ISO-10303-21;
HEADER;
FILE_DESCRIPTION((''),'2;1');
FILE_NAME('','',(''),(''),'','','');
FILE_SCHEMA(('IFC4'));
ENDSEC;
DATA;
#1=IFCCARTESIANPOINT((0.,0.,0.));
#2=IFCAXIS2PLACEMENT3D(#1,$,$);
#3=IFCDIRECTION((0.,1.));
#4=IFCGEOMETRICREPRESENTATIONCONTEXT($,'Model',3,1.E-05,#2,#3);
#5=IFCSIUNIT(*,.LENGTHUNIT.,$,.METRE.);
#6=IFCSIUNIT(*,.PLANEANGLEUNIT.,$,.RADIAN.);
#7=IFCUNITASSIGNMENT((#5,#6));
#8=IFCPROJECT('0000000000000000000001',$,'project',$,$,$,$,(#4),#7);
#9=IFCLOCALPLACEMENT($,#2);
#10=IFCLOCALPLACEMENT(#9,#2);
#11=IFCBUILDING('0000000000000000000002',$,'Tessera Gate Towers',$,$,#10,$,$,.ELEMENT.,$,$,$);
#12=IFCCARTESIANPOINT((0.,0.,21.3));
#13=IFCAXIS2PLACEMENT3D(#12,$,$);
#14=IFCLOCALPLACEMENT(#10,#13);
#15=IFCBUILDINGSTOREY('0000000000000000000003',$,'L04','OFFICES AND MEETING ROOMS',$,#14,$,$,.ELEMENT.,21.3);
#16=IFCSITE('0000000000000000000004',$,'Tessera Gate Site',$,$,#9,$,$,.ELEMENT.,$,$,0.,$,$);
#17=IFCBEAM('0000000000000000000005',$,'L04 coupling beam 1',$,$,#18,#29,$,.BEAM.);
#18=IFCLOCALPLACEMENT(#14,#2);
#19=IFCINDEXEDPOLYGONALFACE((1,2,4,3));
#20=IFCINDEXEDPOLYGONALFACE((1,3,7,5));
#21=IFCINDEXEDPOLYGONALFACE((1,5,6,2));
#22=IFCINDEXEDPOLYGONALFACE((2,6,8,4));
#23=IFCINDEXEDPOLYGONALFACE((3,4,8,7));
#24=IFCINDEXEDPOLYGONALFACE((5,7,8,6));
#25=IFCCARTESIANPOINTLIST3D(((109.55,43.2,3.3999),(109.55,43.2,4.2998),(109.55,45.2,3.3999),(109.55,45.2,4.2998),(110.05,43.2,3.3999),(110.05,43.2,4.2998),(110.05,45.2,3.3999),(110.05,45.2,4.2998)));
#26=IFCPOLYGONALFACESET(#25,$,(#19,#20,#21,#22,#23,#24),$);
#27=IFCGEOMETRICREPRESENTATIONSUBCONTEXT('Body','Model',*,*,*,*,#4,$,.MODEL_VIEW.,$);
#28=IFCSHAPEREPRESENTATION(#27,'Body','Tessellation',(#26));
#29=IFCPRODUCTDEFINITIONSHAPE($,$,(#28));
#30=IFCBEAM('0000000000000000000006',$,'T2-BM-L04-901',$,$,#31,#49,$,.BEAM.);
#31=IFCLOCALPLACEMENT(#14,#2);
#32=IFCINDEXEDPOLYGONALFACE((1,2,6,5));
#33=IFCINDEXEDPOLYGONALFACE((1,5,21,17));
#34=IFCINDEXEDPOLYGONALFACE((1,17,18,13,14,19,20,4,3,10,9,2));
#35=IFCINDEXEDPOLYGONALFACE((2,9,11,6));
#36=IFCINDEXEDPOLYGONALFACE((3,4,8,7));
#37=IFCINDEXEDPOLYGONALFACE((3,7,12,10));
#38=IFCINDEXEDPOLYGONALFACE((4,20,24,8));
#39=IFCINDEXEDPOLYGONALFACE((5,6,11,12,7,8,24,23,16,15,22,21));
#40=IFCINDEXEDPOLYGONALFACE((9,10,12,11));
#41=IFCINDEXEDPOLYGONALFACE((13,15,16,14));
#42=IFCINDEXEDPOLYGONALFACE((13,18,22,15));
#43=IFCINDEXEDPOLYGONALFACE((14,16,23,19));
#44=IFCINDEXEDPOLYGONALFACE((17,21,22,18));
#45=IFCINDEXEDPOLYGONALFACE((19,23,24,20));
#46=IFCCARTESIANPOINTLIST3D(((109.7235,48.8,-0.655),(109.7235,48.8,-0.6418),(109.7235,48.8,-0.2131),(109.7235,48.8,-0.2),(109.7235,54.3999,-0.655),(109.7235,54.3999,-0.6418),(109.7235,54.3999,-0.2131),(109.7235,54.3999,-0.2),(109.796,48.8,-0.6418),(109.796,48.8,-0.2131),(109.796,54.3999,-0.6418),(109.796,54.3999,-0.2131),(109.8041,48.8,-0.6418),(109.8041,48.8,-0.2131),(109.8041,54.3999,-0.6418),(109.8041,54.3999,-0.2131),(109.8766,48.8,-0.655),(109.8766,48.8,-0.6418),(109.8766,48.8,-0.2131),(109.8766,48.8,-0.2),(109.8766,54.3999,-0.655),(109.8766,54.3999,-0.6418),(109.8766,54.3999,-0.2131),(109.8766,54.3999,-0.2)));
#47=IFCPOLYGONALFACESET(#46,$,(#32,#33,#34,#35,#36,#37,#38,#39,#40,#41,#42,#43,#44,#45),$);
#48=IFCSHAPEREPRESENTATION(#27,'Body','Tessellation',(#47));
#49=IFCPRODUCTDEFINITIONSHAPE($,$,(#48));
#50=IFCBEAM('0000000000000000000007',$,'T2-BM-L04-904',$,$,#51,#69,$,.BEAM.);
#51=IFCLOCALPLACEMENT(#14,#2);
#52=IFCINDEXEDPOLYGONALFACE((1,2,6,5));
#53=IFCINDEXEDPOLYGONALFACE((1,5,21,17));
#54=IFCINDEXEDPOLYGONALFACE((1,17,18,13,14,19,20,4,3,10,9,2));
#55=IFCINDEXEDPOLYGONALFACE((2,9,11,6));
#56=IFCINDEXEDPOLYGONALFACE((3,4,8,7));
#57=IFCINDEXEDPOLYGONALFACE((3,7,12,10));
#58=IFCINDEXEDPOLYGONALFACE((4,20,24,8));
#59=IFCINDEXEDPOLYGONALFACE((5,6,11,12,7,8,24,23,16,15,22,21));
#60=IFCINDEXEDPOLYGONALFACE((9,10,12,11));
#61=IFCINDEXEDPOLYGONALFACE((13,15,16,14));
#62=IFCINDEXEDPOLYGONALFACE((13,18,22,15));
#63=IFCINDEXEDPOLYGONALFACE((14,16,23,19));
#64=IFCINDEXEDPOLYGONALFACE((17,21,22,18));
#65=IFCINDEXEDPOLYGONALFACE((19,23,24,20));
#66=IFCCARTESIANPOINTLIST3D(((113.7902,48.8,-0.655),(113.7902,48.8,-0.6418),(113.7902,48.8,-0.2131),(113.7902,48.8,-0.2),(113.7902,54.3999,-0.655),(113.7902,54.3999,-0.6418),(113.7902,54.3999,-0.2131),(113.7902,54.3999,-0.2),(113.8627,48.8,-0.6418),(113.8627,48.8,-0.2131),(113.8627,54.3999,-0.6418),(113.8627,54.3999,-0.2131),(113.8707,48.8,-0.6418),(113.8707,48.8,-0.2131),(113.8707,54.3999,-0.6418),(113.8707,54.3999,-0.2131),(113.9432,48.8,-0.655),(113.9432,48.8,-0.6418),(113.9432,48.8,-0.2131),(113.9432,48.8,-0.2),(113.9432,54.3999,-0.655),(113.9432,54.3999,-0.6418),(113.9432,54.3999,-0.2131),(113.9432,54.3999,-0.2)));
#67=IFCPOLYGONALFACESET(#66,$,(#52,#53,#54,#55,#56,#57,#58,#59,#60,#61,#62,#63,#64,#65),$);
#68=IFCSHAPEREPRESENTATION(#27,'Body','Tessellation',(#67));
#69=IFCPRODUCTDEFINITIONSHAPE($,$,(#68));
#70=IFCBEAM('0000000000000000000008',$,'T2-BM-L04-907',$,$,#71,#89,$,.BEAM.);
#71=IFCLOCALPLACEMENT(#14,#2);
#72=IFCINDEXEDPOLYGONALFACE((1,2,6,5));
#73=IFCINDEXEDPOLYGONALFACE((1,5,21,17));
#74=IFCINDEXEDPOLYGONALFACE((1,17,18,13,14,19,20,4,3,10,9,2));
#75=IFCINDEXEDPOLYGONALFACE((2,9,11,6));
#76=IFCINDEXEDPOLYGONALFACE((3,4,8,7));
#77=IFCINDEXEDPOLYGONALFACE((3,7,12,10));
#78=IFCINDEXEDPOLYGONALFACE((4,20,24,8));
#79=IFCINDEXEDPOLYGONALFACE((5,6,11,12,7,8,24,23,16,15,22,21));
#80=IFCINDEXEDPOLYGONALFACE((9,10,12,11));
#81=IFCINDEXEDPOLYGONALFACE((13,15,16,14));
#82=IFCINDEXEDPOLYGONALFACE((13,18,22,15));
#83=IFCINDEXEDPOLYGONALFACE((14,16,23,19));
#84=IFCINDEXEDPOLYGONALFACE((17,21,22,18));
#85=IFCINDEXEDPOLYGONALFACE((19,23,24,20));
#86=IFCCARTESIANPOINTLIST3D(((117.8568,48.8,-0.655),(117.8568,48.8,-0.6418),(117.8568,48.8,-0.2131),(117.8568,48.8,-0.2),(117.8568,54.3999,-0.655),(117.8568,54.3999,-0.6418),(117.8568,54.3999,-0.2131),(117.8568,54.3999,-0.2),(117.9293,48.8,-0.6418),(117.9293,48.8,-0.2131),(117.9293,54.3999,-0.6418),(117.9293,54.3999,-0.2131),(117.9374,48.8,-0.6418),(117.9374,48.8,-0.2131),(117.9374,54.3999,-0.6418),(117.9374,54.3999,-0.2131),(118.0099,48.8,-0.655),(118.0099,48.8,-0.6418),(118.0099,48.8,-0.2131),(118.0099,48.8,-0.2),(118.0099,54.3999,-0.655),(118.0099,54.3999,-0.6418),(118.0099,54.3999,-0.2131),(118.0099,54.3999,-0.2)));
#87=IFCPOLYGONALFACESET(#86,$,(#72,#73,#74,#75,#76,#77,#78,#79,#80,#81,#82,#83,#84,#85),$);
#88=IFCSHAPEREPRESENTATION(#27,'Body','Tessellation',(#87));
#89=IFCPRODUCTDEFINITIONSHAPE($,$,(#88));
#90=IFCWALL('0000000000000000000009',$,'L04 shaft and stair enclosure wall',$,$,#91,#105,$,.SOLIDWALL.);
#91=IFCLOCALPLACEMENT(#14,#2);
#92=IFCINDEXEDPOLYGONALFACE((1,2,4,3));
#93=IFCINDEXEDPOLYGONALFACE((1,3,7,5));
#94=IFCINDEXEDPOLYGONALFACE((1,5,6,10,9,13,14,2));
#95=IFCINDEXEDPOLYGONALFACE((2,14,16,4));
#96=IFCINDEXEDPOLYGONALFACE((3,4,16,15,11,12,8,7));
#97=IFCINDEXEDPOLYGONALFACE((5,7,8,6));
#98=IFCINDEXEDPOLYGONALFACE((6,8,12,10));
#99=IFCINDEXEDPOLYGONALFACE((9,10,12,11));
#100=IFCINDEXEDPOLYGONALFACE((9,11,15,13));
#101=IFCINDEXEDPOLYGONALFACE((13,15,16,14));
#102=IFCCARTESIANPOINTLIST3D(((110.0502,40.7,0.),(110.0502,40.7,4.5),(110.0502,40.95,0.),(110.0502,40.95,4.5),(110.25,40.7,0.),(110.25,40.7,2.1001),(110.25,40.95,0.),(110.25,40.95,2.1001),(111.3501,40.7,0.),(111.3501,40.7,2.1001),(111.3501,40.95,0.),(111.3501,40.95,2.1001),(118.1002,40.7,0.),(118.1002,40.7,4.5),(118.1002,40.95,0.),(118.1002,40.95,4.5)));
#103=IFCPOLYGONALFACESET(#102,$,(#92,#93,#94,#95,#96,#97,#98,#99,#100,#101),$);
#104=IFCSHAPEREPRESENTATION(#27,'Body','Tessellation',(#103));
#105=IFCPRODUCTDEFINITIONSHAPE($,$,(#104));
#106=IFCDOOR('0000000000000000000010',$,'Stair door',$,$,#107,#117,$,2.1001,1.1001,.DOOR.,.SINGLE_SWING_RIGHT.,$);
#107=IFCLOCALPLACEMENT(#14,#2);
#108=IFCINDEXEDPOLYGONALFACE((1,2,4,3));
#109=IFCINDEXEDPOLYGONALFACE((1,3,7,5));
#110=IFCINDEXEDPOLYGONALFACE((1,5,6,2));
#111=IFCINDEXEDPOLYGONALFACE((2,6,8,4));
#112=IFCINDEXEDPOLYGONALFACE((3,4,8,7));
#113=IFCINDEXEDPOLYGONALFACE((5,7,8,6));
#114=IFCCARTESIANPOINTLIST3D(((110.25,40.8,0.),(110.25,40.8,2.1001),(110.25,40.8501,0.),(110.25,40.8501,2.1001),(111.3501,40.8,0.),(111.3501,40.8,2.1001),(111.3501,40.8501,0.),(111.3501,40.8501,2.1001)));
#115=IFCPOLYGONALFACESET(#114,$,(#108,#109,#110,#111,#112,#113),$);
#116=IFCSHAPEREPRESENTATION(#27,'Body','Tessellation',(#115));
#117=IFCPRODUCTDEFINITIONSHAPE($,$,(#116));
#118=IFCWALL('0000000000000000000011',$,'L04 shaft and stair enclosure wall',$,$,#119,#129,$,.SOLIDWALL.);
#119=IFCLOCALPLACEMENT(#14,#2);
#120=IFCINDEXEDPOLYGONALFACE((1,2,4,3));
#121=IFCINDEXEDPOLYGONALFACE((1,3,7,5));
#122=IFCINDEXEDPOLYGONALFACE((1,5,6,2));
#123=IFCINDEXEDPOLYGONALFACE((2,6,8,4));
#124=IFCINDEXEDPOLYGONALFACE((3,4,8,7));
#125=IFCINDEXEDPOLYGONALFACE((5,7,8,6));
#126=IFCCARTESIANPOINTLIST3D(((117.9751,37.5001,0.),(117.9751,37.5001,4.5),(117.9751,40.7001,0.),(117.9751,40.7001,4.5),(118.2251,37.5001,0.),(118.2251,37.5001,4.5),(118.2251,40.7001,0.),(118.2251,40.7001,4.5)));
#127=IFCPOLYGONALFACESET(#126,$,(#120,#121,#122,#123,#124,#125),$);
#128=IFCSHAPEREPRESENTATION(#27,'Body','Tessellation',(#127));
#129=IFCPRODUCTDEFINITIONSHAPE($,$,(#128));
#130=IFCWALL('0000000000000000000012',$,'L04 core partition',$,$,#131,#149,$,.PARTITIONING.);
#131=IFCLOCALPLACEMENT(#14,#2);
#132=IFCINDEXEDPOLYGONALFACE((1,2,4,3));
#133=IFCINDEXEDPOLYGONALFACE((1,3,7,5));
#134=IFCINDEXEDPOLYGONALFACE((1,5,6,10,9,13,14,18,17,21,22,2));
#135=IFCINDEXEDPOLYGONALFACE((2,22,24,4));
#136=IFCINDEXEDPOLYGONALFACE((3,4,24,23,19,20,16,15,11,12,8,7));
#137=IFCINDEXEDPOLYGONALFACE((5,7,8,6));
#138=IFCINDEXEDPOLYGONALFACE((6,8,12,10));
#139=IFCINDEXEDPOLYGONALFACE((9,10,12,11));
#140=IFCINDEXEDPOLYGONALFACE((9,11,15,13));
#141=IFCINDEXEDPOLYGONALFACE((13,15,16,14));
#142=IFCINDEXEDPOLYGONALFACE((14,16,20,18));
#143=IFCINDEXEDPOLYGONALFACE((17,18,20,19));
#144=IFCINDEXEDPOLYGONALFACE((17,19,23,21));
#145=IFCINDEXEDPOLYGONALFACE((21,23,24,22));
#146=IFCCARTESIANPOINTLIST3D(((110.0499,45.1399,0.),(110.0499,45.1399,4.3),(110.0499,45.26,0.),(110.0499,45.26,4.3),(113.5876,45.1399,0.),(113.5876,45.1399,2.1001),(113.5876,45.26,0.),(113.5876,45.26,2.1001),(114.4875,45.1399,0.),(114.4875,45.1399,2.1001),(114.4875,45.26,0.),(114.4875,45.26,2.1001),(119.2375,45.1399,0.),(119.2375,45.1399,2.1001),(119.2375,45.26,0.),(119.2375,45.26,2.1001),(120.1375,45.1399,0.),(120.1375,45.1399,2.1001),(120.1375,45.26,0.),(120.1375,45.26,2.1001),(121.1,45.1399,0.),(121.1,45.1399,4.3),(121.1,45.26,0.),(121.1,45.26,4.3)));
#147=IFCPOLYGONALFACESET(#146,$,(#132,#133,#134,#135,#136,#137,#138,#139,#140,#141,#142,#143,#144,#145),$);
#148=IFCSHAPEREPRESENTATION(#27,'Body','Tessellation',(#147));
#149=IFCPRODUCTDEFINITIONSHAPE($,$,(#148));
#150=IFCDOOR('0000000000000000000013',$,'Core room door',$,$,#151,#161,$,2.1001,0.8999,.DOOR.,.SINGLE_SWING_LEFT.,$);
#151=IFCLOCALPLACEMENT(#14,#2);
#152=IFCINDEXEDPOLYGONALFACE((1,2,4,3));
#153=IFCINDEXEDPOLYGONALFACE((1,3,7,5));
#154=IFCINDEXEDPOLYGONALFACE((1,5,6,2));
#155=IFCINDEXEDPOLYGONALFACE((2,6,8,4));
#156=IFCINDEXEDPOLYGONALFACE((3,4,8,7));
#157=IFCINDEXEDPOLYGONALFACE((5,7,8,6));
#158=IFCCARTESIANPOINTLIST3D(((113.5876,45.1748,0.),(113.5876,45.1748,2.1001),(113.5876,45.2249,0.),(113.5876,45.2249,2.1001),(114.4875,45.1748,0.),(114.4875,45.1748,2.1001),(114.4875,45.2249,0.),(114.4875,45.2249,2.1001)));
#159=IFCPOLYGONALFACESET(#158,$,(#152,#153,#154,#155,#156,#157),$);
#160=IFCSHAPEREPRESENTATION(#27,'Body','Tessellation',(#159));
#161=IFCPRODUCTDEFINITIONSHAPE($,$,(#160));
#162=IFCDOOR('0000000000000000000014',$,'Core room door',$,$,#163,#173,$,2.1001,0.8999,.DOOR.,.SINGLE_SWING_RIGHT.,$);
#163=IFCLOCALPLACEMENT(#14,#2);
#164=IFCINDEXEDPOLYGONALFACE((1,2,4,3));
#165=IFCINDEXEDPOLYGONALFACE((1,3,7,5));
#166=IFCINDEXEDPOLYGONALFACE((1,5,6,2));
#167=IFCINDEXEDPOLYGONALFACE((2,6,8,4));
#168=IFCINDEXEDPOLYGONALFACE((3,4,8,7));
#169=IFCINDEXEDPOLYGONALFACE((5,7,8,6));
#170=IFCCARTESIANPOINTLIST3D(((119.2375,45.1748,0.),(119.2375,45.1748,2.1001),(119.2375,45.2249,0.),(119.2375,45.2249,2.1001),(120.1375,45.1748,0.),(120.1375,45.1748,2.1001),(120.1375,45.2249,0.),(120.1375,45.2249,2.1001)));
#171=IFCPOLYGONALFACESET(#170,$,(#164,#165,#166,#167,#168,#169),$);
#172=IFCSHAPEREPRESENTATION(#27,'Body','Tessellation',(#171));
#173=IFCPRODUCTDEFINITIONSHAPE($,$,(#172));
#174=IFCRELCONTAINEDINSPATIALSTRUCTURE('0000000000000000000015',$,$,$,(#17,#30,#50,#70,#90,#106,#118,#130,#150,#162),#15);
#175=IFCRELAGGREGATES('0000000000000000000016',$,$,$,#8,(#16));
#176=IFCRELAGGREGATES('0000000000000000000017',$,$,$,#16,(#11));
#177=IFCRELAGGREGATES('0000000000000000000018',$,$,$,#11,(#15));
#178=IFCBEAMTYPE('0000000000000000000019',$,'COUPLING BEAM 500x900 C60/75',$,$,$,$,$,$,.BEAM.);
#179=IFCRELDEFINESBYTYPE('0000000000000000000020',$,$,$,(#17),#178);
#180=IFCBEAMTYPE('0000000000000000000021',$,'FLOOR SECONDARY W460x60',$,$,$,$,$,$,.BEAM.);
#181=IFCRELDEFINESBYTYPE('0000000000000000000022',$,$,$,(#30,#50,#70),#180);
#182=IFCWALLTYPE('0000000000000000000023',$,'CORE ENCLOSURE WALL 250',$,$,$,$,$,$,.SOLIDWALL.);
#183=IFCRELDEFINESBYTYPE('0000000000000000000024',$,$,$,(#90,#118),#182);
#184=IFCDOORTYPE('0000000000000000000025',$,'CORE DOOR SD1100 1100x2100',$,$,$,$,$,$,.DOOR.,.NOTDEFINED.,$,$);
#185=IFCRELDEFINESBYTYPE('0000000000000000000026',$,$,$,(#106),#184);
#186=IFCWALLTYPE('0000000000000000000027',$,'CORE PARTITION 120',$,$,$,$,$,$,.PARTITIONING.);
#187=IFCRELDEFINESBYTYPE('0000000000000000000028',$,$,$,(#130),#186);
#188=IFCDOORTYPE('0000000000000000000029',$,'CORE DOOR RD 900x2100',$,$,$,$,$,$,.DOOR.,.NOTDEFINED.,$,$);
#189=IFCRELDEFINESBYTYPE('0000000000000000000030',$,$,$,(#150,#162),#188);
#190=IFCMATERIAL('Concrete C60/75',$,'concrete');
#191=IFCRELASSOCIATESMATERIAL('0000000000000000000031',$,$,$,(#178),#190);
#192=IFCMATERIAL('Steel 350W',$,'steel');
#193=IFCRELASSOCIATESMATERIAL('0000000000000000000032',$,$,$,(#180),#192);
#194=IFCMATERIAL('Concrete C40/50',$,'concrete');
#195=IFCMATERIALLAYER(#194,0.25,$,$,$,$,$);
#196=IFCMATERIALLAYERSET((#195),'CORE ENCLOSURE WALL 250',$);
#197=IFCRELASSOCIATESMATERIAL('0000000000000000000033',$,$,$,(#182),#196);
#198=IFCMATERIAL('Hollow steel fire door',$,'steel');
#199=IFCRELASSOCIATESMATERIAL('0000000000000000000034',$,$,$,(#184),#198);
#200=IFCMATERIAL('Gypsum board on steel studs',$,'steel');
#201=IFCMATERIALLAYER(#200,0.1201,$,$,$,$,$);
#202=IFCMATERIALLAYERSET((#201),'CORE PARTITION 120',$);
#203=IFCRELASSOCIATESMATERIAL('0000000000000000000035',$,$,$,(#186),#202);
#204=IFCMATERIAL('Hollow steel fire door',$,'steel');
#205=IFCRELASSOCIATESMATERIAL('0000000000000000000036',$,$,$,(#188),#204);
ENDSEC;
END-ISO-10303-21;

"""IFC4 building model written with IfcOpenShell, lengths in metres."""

from ifc_helpers import new_model, si_unit, direction, frame, frame_2d, origin, origin_2d, place, context, subcontext, project, spatial, rectangle, i_section, extrude, source, transform, mapped, material, layer, layer_set, material_profile, profile_set, type_object, element, fill, save


model = new_model("IFC4")

# Units and contexts
model_context = context("Model", 3, precision=1e-05, world=origin(), true_north=direction((0.0, 1.0)))
body_context = subcontext(model_context, "Body", "Model", "MODEL_VIEW")
ifc_project = project(units=[si_unit("LENGTHUNIT", "METRE"), si_unit("PLANEANGLEUNIT", "RADIAN")], contexts=[model_context])

# Site, building, storey
site_placement = place(None, origin())
site = spatial("IfcSite", under=ifc_project, at=site_placement, Name="Tessera Gate Site", CompositionType="ELEMENT", RefElevation=0.0)
building_placement = place(site_placement, origin())
building = spatial("IfcBuilding", under=site, at=building_placement, Name="Tessera Gate Towers", CompositionType="ELEMENT")
storey_placement = place(building_placement, frame((0.0, 0.0, 21.3)))
storey = spatial("IfcBuildingStorey", under=building, at=storey_placement, Name="L04", Description="OFFICES AND MEETING ROOMS", CompositionType="ELEMENT", Elevation=21.3)

# Beams
ifc_material_1 = material(Name="Concrete C60/75", Category="concrete")
ifc_material_profile_1 = material_profile(ifc_material_1, rectangle(XDim=0.5, YDim=0.8999, at=origin_2d()), Name="RC 500x900")
ifc_profile_set_1 = profile_set([ifc_material_profile_1], Name="Concrete C60/75")
beam_type_1 = type_object("IfcBeamType", Name="COUPLING BEAM 500x900 C60/75", PredefinedType="BEAM", material=ifc_profile_set_1)
beam_placement = place(storey_placement, frame((109.8, 43.2, 3.8499), z_axis=(0.0, 1.0, 0.0), x_axis=(-1.0, 0.0, 0.0)))
element("IfcBeam", 1, at=beam_placement, inside=storey, type_object=beam_type_1, Name="L04 coupling beam 1", PredefinedType="BEAM", context=body_context, shape_type="SweptSolid", body=[
    extrude(rectangle(XDim=0.5, YDim=0.8999, at=origin_2d()), origin(), (0.0, 0.0, 1.0), 2.0),
])
ifc_material_2 = material(Name="Steel 350W", Category="steel")
ifc_material_profile_2 = material_profile(ifc_material_2, i_section(OverallWidth=0.1531, OverallDepth=0.4551, WebThickness=0.0081, FlangeThickness=0.0132, at=origin_2d()), Name="W460x60")
ifc_profile_set_2 = profile_set([ifc_material_profile_2], Name="Steel 350W")
beam_type_2 = type_object("IfcBeamType", Name="FLOOR SECONDARY W460x60", PredefinedType="BEAM", material=ifc_profile_set_2)
for number, where, z_axis, x_axis, name in (
    (2, (109.8, 48.8, -0.4275), (0.0, 1.0, 0.0), (-1.0, 0.0, 0.0), "T2-BM-L04-901"),
    (3, (113.8667, 48.8, -0.4275), (0.0, 1.0, 0.0), (-1.0, 0.0, 0.0), "T2-BM-L04-904"),
    (4, (117.9333, 48.8, -0.4275), (0.0, 1.0, 0.0), (-1.0, 0.0, 0.0), "T2-BM-L04-907"),
):
    element("IfcBeam", number, at=place(storey_placement, frame(where, z_axis=z_axis, x_axis=x_axis)), inside=storey, type_object=beam_type_2, Name=name, PredefinedType="BEAM", context=body_context, shape_type="SweptSolid", body=[
        extrude(i_section(OverallWidth=0.1531, OverallDepth=0.4551, WebThickness=0.0081, FlangeThickness=0.0132, at=origin_2d()), origin(), (0.0, 0.0, 1.0), 5.5999),
    ])

# Wall, opening, door
ifc_material_3 = material(Name="Concrete C40/50", Category="concrete")
ifc_layer_1 = layer(ifc_material_3, 0.25)
ifc_layer_set_1 = layer_set([ifc_layer_1], Name="CORE ENCLOSURE WALL 250")
wall_type_1 = type_object("IfcWallType", Name="CORE ENCLOSURE WALL 250", PredefinedType="SOLIDWALL", material=ifc_layer_set_1)
wall_1_placement = place(storey_placement, frame((118.1001, 40.825, 0.0), z_axis=(0.0, 0.0, 1.0), x_axis=(-1.0, 0.0, 0.0)))
wall_1 = element("IfcWall", 5, at=wall_1_placement, inside=storey, type_object=wall_type_1, Name="L04 shaft and stair enclosure wall", PredefinedType="SOLIDWALL", context=body_context, shape_type="SweptSolid", body=[
    extrude(rectangle(XDim=8.05, YDim=0.25, at=frame_2d((4.0249, 0.0))), origin(), (0.0, 0.0, 1.0), 4.5),
])
shared_shape_1 = source(origin(), body_context, "Body", "SweptSolid", [
    extrude(rectangle(XDim=1.1001, YDim=2.1001, at=frame_2d((0.55, 1.05))), frame((0.0, 0.135, 0.0), z_axis=(0.0, -1.0, 0.0), x_axis=(1.0, 0.0, 0.0)), (0.0, 0.0, 1.0), 0.27),
])
opening_1_placement = place(wall_1_placement, frame((6.75, 0.0, 0.0)))
opening_1 = element("IfcOpeningElement", 6, at=opening_1_placement, cuts=wall_1, PredefinedType="OPENING", context=body_context, shape_type="MappedRepresentation", body=[
    mapped(shared_shape_1, transform((0.0, 0.0, 0.0), scale=1.0)),
])
ifc_material_4 = material(Name="Hollow steel fire door", Category="steel")
door_type_1 = type_object("IfcDoorType", Name="CORE DOOR SD1100 1100x2100", OperationType="NOTDEFINED", PredefinedType="DOOR", material=ifc_material_4)
shared_shape_2 = source(origin(), body_context, "Body", "SweptSolid", [
    extrude(rectangle(XDim=1.1001, YDim=2.1001, at=frame_2d((0.55, 1.05))), frame((0.0, 0.0249, 0.0), z_axis=(0.0, -1.0, 0.0), x_axis=(1.0, 0.0, 0.0)), (0.0, 0.0, 1.0), 0.05),
])
door_1_placement = place(opening_1_placement, origin())
door_1 = element("IfcDoor", 7, at=door_1_placement, inside=storey, type_object=door_type_1, Name="Stair door", OperationType="SINGLE_SWING_RIGHT", OverallHeight=2.1001, OverallWidth=1.1001, PredefinedType="DOOR", context=body_context, shape_type="MappedRepresentation", body=[
    mapped(shared_shape_2, transform((0.0, 0.0, 0.0), scale=1.0)),
])
fill(opening_1, door_1)

# Wall
wall_2_placement = place(storey_placement, frame((118.1001, 37.5, 0.0), z_axis=(0.0, 0.0, 1.0), x_axis=(0.0, 1.0, 0.0)))
element("IfcWall", 8, at=wall_2_placement, inside=storey, type_object=wall_type_1, Name="L04 shaft and stair enclosure wall", PredefinedType="SOLIDWALL", context=body_context, shape_type="SweptSolid", body=[
    extrude(rectangle(XDim=3.2, YDim=0.25, at=frame_2d((1.6001, 0.0))), origin(), (0.0, 0.0, 1.0), 4.5),
])

# Wall, openings, doors
ifc_material_5 = material(Name="Gypsum board on steel studs", Category="steel")
ifc_layer_2 = layer(ifc_material_5, 0.1201)
ifc_layer_set_2 = layer_set([ifc_layer_2], Name="CORE PARTITION 120")
wall_type_2 = type_object("IfcWallType", Name="CORE PARTITION 120", PredefinedType="PARTITIONING", material=ifc_layer_set_2)
wall_3_placement = place(storey_placement, frame((110.05, 45.2, 0.0), z_axis=(0.0, 0.0, 1.0), x_axis=(1.0, 0.0, 0.0)))
wall_3 = element("IfcWall", 9, at=wall_3_placement, inside=storey, type_object=wall_type_2, Name="L04 core partition", PredefinedType="PARTITIONING", context=body_context, shape_type="SweptSolid", body=[
    extrude(rectangle(XDim=11.05, YDim=0.1201, at=frame_2d((5.5249, 0.0))), origin(), (0.0, 0.0, 1.0), 4.3),
])
shared_shape_3 = source(origin(), body_context, "Body", "SweptSolid", [
    extrude(rectangle(XDim=0.8999, YDim=2.1001, at=frame_2d((0.45, 1.05))), frame((0.0, 0.0701, 0.0), z_axis=(0.0, -1.0, 0.0), x_axis=(1.0, 0.0, 0.0)), (0.0, 0.0, 1.0), 0.1401),
])
opening_2_placement = place(wall_3_placement, frame((3.5376, 0.0, 0.0)))
opening_2 = element("IfcOpeningElement", 10, at=opening_2_placement, cuts=wall_3, PredefinedType="OPENING", context=body_context, shape_type="MappedRepresentation", body=[
    mapped(shared_shape_3, transform((0.0, 0.0, 0.0), scale=1.0)),
])
opening_3_placement = place(wall_3_placement, frame((9.1875, 0.0, 0.0)))
opening_3 = element("IfcOpeningElement", 11, at=opening_3_placement, cuts=wall_3, PredefinedType="OPENING", context=body_context, shape_type="MappedRepresentation", body=[
    mapped(shared_shape_3, transform((0.0, 0.0, 0.0), scale=1.0)),
])
ifc_material_6 = material(Name="Hollow steel fire door", Category="steel")
door_type_2 = type_object("IfcDoorType", Name="CORE DOOR RD 900x2100", OperationType="NOTDEFINED", PredefinedType="DOOR", material=ifc_material_6)
shared_shape_4 = source(origin(), body_context, "Body", "SweptSolid", [
    extrude(rectangle(XDim=0.8999, YDim=2.1001, at=frame_2d((0.45, 1.05))), frame((0.0, 0.0249, 0.0), z_axis=(0.0, -1.0, 0.0), x_axis=(1.0, 0.0, 0.0)), (0.0, 0.0, 1.0), 0.05),
])
door_2_placement = place(opening_2_placement, origin())
door_2 = element("IfcDoor", 12, at=door_2_placement, inside=storey, type_object=door_type_2, Name="Core room door", OperationType="SINGLE_SWING_LEFT", OverallHeight=2.1001, OverallWidth=0.8999, PredefinedType="DOOR", context=body_context, shape_type="MappedRepresentation", body=[
    mapped(shared_shape_4, transform((0.0, 0.0, 0.0), scale=1.0)),
])
fill(opening_2, door_2)
door_3_placement = place(opening_3_placement, origin())
door_3 = element("IfcDoor", 13, at=door_3_placement, inside=storey, type_object=door_type_2, Name="Core room door", OperationType="SINGLE_SWING_RIGHT", OverallHeight=2.1001, OverallWidth=0.8999, PredefinedType="DOOR", context=body_context, shape_type="MappedRepresentation", body=[
    mapped(shared_shape_4, transform((0.0, 0.0, 0.0), scale=1.0)),
])
fill(opening_3, door_3)

save(model, "model.ifc")
